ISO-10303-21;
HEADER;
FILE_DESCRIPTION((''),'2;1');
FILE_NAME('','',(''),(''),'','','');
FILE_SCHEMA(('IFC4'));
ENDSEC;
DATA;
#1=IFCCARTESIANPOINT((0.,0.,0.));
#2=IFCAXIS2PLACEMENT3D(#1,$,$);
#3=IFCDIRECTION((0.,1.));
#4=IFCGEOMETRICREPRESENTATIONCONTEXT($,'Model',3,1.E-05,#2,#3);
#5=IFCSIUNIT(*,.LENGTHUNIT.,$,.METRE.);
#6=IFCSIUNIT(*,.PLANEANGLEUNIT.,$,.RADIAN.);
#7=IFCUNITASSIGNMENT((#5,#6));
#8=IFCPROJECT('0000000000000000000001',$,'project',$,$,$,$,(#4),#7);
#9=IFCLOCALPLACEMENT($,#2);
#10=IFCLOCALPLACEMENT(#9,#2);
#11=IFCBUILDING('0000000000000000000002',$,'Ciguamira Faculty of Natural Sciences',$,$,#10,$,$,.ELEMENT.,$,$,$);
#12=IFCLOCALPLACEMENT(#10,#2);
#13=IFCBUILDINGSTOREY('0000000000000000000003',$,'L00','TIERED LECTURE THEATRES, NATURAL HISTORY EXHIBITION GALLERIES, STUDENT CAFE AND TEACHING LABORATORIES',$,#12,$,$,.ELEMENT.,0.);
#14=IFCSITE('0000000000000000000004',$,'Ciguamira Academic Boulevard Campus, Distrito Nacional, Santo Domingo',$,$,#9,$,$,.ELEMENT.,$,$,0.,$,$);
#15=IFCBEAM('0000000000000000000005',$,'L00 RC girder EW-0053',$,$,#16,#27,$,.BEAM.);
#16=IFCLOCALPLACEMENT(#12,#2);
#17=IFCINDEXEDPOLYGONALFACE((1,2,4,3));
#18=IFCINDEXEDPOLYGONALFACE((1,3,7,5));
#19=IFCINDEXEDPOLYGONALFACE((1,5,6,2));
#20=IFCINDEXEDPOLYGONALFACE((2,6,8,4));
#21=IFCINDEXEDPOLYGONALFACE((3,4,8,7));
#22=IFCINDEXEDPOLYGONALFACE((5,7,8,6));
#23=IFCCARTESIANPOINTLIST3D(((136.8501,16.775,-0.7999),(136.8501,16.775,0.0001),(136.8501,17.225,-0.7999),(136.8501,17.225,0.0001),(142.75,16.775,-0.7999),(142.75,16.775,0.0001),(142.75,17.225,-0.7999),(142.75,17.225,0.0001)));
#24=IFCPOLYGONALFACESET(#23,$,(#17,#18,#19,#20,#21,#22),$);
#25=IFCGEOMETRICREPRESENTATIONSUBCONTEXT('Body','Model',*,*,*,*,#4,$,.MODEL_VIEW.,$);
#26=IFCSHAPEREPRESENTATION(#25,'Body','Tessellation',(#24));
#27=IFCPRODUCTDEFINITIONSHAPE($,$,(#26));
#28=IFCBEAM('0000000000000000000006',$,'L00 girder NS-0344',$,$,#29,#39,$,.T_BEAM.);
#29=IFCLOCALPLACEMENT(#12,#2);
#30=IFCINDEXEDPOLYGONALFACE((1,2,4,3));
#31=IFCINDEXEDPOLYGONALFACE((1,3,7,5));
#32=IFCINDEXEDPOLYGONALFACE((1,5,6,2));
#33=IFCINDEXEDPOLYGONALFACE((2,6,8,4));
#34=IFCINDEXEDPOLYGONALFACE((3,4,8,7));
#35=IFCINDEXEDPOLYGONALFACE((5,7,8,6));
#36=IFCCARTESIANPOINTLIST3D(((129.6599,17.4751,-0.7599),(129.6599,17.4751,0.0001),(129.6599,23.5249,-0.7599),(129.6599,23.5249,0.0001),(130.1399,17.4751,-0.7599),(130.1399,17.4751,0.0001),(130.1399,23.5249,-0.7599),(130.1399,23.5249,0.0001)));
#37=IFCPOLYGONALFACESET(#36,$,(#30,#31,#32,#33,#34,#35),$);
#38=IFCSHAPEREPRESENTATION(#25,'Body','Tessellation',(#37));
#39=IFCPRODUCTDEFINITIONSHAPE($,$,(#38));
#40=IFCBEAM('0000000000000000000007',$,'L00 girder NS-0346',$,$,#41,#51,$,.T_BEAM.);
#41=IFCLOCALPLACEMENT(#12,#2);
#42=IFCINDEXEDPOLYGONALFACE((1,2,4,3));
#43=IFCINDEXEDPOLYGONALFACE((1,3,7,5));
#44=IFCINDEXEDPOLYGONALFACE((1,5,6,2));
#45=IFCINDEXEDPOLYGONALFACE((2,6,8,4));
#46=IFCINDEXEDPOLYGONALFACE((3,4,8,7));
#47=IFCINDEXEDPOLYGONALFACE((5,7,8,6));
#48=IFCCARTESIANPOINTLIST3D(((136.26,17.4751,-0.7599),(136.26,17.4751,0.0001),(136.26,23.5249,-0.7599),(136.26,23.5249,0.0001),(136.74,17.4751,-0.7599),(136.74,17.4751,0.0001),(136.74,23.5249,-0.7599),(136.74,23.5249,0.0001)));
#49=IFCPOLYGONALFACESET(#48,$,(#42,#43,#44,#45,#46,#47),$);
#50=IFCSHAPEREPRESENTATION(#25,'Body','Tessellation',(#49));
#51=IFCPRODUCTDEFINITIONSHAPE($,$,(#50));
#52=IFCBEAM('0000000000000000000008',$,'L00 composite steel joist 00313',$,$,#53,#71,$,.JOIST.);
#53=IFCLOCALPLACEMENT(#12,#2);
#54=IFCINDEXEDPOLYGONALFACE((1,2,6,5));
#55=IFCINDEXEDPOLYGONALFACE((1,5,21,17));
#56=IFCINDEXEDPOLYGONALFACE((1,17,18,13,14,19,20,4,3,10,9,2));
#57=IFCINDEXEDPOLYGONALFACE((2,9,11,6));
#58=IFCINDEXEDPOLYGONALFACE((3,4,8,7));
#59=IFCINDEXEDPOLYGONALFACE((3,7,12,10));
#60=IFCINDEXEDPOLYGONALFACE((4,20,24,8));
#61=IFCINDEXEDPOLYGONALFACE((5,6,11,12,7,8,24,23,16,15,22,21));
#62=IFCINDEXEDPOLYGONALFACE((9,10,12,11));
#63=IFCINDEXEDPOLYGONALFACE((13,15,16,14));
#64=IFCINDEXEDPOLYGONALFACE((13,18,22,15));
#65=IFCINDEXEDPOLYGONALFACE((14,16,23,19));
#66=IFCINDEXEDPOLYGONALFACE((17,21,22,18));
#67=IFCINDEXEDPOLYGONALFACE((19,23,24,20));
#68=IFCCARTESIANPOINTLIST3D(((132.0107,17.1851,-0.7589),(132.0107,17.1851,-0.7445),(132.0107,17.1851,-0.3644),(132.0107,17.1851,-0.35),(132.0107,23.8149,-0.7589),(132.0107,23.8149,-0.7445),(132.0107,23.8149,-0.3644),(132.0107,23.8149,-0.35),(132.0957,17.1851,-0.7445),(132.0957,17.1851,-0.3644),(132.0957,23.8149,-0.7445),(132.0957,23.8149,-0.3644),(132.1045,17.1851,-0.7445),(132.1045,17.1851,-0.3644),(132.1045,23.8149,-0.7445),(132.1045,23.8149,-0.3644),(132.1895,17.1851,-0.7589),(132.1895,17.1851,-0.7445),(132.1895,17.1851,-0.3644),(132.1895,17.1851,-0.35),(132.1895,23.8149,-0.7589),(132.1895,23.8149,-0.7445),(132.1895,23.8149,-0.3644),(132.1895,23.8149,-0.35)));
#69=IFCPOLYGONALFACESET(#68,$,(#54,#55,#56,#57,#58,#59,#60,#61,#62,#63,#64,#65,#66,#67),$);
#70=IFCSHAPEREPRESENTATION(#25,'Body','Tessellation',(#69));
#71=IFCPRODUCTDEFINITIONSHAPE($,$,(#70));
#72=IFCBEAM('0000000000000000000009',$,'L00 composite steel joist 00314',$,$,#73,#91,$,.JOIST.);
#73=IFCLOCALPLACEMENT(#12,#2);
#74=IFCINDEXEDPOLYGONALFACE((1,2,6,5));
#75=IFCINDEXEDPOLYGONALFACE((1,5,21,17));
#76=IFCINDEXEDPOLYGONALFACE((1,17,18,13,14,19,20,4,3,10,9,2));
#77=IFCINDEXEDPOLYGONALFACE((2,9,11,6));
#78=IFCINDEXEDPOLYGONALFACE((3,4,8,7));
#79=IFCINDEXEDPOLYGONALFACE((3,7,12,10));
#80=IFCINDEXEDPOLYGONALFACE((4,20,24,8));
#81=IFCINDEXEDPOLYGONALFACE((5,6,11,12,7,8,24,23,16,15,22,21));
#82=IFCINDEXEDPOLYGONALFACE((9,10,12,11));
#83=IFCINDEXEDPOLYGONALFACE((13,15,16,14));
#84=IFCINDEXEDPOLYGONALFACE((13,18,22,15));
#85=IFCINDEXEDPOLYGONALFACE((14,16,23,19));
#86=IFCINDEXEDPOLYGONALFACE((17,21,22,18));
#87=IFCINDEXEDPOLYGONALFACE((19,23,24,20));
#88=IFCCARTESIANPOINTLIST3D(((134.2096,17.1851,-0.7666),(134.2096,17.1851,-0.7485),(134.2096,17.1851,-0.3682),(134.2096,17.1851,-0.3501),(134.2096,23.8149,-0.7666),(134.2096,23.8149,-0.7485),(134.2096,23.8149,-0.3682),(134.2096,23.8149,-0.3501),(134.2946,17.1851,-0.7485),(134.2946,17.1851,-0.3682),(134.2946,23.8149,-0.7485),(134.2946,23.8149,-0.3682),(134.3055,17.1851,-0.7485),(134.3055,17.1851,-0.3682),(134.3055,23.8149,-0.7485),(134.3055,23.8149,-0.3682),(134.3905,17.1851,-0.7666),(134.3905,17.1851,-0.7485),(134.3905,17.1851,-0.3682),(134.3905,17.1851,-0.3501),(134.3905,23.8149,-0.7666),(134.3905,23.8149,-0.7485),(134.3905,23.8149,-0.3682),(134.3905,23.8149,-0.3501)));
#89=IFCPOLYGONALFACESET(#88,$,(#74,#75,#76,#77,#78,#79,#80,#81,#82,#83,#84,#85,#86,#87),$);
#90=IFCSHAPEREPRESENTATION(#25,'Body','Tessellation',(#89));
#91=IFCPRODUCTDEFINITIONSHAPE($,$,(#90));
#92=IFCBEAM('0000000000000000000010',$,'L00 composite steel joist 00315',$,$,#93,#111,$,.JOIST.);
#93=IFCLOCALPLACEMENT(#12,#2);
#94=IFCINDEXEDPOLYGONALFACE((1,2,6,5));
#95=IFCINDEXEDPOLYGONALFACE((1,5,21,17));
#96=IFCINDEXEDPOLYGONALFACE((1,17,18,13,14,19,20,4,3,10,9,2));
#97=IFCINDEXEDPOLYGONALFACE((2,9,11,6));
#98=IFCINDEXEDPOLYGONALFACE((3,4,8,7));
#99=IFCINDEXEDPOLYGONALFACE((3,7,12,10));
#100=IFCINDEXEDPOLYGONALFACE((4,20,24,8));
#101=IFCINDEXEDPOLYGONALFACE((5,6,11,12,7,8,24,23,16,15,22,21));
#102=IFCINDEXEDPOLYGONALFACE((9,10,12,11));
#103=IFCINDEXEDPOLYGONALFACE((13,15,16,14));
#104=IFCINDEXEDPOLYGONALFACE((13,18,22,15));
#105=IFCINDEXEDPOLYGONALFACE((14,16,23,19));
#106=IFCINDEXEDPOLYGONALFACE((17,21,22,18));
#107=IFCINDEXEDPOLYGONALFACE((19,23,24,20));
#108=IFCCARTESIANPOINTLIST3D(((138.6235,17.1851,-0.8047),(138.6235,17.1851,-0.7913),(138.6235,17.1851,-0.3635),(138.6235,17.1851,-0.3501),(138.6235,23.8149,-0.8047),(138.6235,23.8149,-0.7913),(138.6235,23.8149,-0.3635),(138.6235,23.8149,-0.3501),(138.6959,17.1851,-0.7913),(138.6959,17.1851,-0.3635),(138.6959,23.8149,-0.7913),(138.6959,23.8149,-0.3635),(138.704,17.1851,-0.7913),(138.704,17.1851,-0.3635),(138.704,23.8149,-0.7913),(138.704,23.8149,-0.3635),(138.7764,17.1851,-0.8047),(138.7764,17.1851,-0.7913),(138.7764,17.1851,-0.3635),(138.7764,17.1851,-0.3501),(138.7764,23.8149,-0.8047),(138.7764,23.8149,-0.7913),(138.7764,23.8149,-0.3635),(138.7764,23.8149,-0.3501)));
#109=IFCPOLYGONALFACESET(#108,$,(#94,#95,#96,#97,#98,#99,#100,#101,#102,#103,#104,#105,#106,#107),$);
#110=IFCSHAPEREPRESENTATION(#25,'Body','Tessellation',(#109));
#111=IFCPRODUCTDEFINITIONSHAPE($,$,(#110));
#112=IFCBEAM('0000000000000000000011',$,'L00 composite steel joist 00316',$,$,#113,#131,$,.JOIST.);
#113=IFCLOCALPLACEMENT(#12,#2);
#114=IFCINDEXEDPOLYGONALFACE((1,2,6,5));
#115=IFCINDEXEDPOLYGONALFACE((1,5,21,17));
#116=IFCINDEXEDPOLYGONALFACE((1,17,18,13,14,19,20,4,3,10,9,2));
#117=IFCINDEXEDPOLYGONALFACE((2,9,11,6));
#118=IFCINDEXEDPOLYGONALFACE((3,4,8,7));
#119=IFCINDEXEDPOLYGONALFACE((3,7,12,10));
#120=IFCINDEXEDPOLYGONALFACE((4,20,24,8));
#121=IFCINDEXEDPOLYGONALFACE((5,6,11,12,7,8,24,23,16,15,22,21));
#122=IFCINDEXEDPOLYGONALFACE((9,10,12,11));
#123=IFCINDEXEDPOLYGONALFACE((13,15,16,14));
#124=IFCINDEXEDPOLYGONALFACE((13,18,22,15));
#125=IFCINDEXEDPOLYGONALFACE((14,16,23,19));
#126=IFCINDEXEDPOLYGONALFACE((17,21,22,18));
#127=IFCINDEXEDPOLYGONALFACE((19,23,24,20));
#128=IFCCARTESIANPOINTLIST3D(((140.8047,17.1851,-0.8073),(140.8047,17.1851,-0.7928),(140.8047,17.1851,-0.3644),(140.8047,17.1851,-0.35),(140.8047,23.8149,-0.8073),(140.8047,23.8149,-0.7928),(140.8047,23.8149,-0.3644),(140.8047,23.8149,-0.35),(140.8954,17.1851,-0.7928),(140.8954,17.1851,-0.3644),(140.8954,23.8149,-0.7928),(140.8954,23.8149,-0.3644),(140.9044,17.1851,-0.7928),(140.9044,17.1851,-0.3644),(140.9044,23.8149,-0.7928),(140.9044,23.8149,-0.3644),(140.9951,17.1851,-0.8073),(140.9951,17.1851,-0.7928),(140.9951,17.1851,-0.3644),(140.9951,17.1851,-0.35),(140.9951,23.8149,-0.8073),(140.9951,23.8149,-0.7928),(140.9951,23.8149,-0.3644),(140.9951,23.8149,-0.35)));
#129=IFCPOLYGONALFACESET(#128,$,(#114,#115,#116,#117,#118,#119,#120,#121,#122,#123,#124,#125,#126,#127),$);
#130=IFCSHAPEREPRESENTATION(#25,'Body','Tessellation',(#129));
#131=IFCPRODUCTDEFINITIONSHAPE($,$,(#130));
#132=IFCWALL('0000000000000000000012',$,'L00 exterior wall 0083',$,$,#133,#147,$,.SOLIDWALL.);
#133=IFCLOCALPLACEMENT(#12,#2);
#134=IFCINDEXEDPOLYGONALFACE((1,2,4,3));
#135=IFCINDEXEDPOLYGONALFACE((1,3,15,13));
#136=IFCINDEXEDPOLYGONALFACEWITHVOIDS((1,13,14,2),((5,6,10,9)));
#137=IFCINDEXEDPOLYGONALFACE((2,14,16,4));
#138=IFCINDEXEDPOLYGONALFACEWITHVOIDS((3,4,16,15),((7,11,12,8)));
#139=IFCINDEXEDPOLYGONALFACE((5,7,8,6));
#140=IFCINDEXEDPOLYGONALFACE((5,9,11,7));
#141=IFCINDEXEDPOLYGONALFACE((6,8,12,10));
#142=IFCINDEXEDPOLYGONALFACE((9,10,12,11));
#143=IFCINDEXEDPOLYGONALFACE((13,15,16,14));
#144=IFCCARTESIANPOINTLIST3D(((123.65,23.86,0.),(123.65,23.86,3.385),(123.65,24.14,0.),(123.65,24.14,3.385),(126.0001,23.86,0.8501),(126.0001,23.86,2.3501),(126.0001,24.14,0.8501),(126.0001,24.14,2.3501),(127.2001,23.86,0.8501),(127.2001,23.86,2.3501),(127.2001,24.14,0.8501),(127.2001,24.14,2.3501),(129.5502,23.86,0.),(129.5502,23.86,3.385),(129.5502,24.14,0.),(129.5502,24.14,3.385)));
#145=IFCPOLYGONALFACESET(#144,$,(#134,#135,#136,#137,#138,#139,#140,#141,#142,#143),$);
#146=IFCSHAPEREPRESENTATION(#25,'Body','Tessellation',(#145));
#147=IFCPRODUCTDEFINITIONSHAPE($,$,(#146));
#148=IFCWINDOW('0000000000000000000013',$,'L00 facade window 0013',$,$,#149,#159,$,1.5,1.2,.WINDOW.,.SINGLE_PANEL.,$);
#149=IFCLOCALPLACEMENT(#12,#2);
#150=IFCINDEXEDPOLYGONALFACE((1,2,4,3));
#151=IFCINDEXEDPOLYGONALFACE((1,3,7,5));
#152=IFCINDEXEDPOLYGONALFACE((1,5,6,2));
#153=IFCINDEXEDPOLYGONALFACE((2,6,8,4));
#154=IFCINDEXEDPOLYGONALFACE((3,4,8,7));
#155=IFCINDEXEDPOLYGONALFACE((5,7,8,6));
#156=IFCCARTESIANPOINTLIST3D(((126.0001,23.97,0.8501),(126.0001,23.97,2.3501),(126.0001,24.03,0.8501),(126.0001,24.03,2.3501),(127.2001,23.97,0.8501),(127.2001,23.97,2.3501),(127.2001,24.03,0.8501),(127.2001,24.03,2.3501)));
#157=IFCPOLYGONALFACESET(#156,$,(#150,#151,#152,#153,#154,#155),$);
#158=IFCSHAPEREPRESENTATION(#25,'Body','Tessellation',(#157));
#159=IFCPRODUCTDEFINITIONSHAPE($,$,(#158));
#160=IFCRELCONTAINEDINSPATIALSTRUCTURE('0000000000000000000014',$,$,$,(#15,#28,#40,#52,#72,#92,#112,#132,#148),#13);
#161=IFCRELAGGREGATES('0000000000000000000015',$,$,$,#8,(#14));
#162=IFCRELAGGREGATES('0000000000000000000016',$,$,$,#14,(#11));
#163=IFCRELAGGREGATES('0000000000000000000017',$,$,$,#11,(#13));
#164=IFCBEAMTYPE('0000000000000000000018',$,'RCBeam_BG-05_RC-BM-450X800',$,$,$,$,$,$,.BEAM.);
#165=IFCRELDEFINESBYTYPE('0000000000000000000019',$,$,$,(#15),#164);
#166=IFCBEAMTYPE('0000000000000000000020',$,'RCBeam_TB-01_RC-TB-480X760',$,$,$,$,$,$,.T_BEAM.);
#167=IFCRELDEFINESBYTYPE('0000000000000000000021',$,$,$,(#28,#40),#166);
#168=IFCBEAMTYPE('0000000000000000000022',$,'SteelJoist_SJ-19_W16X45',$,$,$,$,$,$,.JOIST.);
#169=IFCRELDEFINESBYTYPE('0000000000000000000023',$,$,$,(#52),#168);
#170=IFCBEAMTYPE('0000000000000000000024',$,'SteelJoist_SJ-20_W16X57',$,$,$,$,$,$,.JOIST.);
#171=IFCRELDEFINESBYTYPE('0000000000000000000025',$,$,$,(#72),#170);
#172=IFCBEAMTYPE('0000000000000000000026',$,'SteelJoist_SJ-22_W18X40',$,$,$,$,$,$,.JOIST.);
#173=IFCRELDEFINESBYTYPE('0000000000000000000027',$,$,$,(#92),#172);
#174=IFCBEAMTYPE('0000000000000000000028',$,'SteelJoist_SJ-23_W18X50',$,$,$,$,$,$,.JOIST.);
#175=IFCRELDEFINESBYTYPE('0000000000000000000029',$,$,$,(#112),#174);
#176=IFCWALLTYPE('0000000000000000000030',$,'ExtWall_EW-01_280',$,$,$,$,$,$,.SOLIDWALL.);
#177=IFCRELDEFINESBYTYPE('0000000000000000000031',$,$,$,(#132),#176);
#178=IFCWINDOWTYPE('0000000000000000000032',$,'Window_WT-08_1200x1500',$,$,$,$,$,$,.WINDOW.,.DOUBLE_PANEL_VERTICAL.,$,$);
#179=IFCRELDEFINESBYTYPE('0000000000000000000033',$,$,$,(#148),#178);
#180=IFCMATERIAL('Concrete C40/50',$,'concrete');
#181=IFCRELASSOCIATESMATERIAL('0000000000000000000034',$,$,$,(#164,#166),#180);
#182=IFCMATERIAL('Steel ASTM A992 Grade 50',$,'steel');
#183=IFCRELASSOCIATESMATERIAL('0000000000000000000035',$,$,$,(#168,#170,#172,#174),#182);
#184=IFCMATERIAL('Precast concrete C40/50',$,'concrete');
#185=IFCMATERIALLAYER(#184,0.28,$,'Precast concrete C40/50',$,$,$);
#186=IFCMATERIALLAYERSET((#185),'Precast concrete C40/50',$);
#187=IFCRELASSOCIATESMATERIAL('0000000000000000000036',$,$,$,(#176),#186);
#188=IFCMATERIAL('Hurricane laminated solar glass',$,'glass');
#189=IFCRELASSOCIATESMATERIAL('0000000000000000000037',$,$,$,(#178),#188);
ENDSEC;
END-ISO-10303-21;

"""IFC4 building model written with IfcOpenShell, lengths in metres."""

from ifc_helpers import new_model, si_unit, direction, frame, frame_2d, origin, origin_2d, place, context, subcontext, project, spatial, rectangle, i_section, extrude, material, layer, layer_set, material_profile, profile_set, type_object, element, fill, save


model = new_model("IFC4")

# Units and contexts
model_context = context("Model", 3, precision=1e-05, world=origin(), true_north=direction((0.0, 1.0)))
body_context = subcontext(model_context, "Body", "Model", "MODEL_VIEW")
ifc_project = project(units=[si_unit("LENGTHUNIT", "METRE"), si_unit("PLANEANGLEUNIT", "RADIAN")], contexts=[model_context])

# Site, building, storey
site_placement = place(None, origin())
site = spatial("IfcSite", under=ifc_project, at=site_placement, Name="Ciguamira Academic Boulevard Campus, Distrito Nacional, Santo Domingo", CompositionType="ELEMENT", RefElevation=0.0)
building_placement = place(site_placement, origin())
building = spatial("IfcBuilding", under=site, at=building_placement, Name="Ciguamira Faculty of Natural Sciences", CompositionType="ELEMENT")
storey_placement = place(building_placement, origin())
storey = spatial("IfcBuildingStorey", under=building, at=storey_placement, Name="L00", Description="TIERED LECTURE THEATRES, NATURAL HISTORY EXHIBITION GALLERIES, STUDENT CAFE AND TEACHING LABORATORIES", CompositionType="ELEMENT", Elevation=0.0)

# Beams
ifc_material_1 = material(Name="Concrete C40/50", Category="concrete")
ifc_material_profile_1 = material_profile(ifc_material_1, rectangle(XDim=0.45, YDim=0.8, at=origin_2d()), Name="RC-BM-450X800")
ifc_profile_set_1 = profile_set([ifc_material_profile_1], Name="Concrete C40/50")
beam_type_1 = type_object("IfcBeamType", Name="RCBeam_BG-05_RC-BM-450X800", PredefinedType="BEAM", material=ifc_profile_set_1)
beam_1_placement = place(storey_placement, frame((136.8501, 17.0, -0.3999), z_axis=(1.0, 0.0, 0.0), x_axis=(0.0, 1.0, 0.0)))
element("IfcBeam", 1, at=beam_1_placement, inside=storey, type_object=beam_type_1, Name="L00 RC girder EW-0053", PredefinedType="BEAM", context=body_context, shape_type="SweptSolid", body=[
    extrude(rectangle(XDim=0.45, YDim=0.8, at=origin_2d()), origin(), (0.0, 0.0, 1.0), 5.8999),
])
ifc_material_profile_2 = material_profile(ifc_material_1, rectangle(XDim=0.48, YDim=0.76, at=origin_2d()), Name="RC-TB-480X760")
ifc_profile_set_2 = profile_set([ifc_material_profile_2], Name="Concrete C40/50")
beam_type_2 = type_object("IfcBeamType", Name="RCBeam_TB-01_RC-TB-480X760", PredefinedType="T_BEAM", material=ifc_profile_set_2)
for number, where, z_axis, x_axis, name in (
    (2, (129.8999, 17.4751, -0.3799), (0.0, 1.0, 0.0), (-1.0, 0.0, 0.0), "L00 girder NS-0344"),
    (3, (136.5, 17.4751, -0.3799), (0.0, 1.0, 0.0), (-1.0, 0.0, 0.0), "L00 girder NS-0346"),
):
    element("IfcBeam", number, at=place(storey_placement, frame(where, z_axis=z_axis, x_axis=x_axis)), inside=storey, type_object=beam_type_2, Name=name, PredefinedType="T_BEAM", context=body_context, shape_type="SweptSolid", body=[
        extrude(rectangle(XDim=0.48, YDim=0.76, at=origin_2d()), origin(), (0.0, 0.0, 1.0), 6.0498),
    ])
ifc_material_2 = material(Name="Steel ASTM A992 Grade 50", Category="steel")
ifc_material_profile_3 = material_profile(ifc_material_2, i_section(OverallWidth=0.1787, OverallDepth=0.4089, WebThickness=0.0088, FlangeThickness=0.0144, at=origin_2d()), Name="W16X45")
ifc_profile_set_3 = profile_set([ifc_material_profile_3], Name="Steel ASTM A992 Grade 50")
beam_type_3 = type_object("IfcBeamType", Name="SteelJoist_SJ-19_W16X45", PredefinedType="JOIST", material=ifc_profile_set_3)
beam_2_placement = place(storey_placement, frame((132.1001, 17.1851, -0.5544), z_axis=(0.0, 1.0, 0.0), x_axis=(-1.0, 0.0, 0.0)))
element("IfcBeam", 4, at=beam_2_placement, inside=storey, type_object=beam_type_3, Name="L00 composite steel joist 00313", PredefinedType="JOIST", context=body_context, shape_type="SweptSolid", body=[
    extrude(i_section(OverallWidth=0.1787, OverallDepth=0.4089, WebThickness=0.0088, FlangeThickness=0.0144, at=origin_2d()), origin(), (0.0, 0.0, 1.0), 6.6299),
])
ifc_material_profile_4 = material_profile(ifc_material_2, i_section(OverallWidth=0.1809, OverallDepth=0.4165, WebThickness=0.011, FlangeThickness=0.0181, at=origin_2d()), Name="W16X57")
ifc_profile_set_4 = profile_set([ifc_material_profile_4], Name="Steel ASTM A992 Grade 50")
beam_type_4 = type_object("IfcBeamType", Name="SteelJoist_SJ-20_W16X57", PredefinedType="JOIST", material=ifc_profile_set_4)
beam_3_placement = place(storey_placement, frame((134.3, 17.1851, -0.5583), z_axis=(0.0, 1.0, 0.0), x_axis=(-1.0, 0.0, 0.0)))
element("IfcBeam", 5, at=beam_3_placement, inside=storey, type_object=beam_type_4, Name="L00 composite steel joist 00314", PredefinedType="JOIST", context=body_context, shape_type="SweptSolid", body=[
    extrude(i_section(OverallWidth=0.1809, OverallDepth=0.4165, WebThickness=0.011, FlangeThickness=0.0181, at=origin_2d()), origin(), (0.0, 0.0, 1.0), 6.6299),
])
ifc_material_profile_5 = material_profile(ifc_material_2, i_section(OverallWidth=0.1528, OverallDepth=0.4546, WebThickness=0.0081, FlangeThickness=0.0134, at=origin_2d()), Name="W18X40")
ifc_profile_set_5 = profile_set([ifc_material_profile_5], Name="Steel ASTM A992 Grade 50")
beam_type_5 = type_object("IfcBeamType", Name="SteelJoist_SJ-22_W18X40", PredefinedType="JOIST", material=ifc_profile_set_5)
beam_4_placement = place(storey_placement, frame((138.7, 17.1851, -0.5774), z_axis=(0.0, 1.0, 0.0), x_axis=(-1.0, 0.0, 0.0)))
element("IfcBeam", 6, at=beam_4_placement, inside=storey, type_object=beam_type_5, Name="L00 composite steel joist 00315", PredefinedType="JOIST", context=body_context, shape_type="SweptSolid", body=[
    extrude(i_section(OverallWidth=0.1528, OverallDepth=0.4546, WebThickness=0.0081, FlangeThickness=0.0134, at=origin_2d()), origin(), (0.0, 0.0, 1.0), 6.6299),
])
ifc_material_profile_6 = material_profile(ifc_material_2, i_section(OverallWidth=0.1904, OverallDepth=0.4573, WebThickness=0.009, FlangeThickness=0.0144, at=origin_2d()), Name="W18X50")
ifc_profile_set_6 = profile_set([ifc_material_profile_6], Name="Steel ASTM A992 Grade 50")
beam_type_6 = type_object("IfcBeamType", Name="SteelJoist_SJ-23_W18X50", PredefinedType="JOIST", material=ifc_profile_set_6)
beam_5_placement = place(storey_placement, frame((140.8999, 17.1851, -0.5786), z_axis=(0.0, 1.0, 0.0), x_axis=(-1.0, 0.0, 0.0)))
element("IfcBeam", 7, at=beam_5_placement, inside=storey, type_object=beam_type_6, Name="L00 composite steel joist 00316", PredefinedType="JOIST", context=body_context, shape_type="SweptSolid", body=[
    extrude(i_section(OverallWidth=0.1904, OverallDepth=0.4573, WebThickness=0.009, FlangeThickness=0.0144, at=origin_2d()), origin(), (0.0, 0.0, 1.0), 6.6299),
])

# Wall, opening, window
ifc_material_3 = material(Name="Precast concrete C40/50", Category="concrete")
ifc_layer_1 = layer(ifc_material_3, 0.28, Name="Precast concrete C40/50")
ifc_layer_set_1 = layer_set([ifc_layer_1], Name="Precast concrete C40/50")
wall_type_1 = type_object("IfcWallType", Name="ExtWall_EW-01_280", PredefinedType="SOLIDWALL", material=ifc_layer_set_1)
wall_1_placement = place(storey_placement, frame((123.6499, 24.0, 0.0), z_axis=(0.0, 0.0, 1.0), x_axis=(1.0, 0.0, 0.0)))
wall_1 = element("IfcWall", 8, at=wall_1_placement, inside=storey, type_object=wall_type_1, Name="L00 exterior wall 0083", PredefinedType="SOLIDWALL", context=body_context, shape_type="SweptSolid", body=[
    extrude(rectangle(XDim=5.9001, YDim=0.28, at=frame_2d((2.9502, 0.0))), origin(), (0.0, 0.0, 1.0), 3.385),
])
opening_1_placement = place(wall_1_placement, frame((2.3501, 0.0, 0.8501)))
opening_1 = element("IfcOpeningElement", 9, at=opening_1_placement, cuts=wall_1, PredefinedType="OPENING", context=body_context, shape_type="SweptSolid", body=[
    extrude(rectangle(XDim=1.2, YDim=1.5, at=frame_2d((0.6001, 0.75))), frame((0.0, 0.1499, 0.0), z_axis=(0.0, -1.0, 0.0), x_axis=(1.0, 0.0, 0.0)), (0.0, 0.0, 1.0), 0.3),
])
ifc_material_4 = material(Name="Hurricane laminated solar glass", Category="glass")
window_type = type_object("IfcWindowType", Name="Window_WT-08_1200x1500", PartitioningType="DOUBLE_PANEL_VERTICAL", PredefinedType="WINDOW", material=ifc_material_4)
window_placement = place(opening_1_placement, origin())
window = element("IfcWindow", 10, at=window_placement, inside=storey, type_object=window_type, Name="L00 facade window 0013", OverallHeight=1.5, OverallWidth=1.2, PartitioningType="SINGLE_PANEL", PredefinedType="WINDOW", context=body_context, shape_type="SweptSolid", body=[
    extrude(rectangle(XDim=1.2, YDim=1.5, at=frame_2d((0.6001, 0.75))), frame((0.0, 0.03, 0.0), z_axis=(0.0, -1.0, 0.0), x_axis=(1.0, 0.0, 0.0)), (0.0, 0.0, 1.0), 0.0601),
])
fill(opening_1, window)

save(model, "model.ifc")
